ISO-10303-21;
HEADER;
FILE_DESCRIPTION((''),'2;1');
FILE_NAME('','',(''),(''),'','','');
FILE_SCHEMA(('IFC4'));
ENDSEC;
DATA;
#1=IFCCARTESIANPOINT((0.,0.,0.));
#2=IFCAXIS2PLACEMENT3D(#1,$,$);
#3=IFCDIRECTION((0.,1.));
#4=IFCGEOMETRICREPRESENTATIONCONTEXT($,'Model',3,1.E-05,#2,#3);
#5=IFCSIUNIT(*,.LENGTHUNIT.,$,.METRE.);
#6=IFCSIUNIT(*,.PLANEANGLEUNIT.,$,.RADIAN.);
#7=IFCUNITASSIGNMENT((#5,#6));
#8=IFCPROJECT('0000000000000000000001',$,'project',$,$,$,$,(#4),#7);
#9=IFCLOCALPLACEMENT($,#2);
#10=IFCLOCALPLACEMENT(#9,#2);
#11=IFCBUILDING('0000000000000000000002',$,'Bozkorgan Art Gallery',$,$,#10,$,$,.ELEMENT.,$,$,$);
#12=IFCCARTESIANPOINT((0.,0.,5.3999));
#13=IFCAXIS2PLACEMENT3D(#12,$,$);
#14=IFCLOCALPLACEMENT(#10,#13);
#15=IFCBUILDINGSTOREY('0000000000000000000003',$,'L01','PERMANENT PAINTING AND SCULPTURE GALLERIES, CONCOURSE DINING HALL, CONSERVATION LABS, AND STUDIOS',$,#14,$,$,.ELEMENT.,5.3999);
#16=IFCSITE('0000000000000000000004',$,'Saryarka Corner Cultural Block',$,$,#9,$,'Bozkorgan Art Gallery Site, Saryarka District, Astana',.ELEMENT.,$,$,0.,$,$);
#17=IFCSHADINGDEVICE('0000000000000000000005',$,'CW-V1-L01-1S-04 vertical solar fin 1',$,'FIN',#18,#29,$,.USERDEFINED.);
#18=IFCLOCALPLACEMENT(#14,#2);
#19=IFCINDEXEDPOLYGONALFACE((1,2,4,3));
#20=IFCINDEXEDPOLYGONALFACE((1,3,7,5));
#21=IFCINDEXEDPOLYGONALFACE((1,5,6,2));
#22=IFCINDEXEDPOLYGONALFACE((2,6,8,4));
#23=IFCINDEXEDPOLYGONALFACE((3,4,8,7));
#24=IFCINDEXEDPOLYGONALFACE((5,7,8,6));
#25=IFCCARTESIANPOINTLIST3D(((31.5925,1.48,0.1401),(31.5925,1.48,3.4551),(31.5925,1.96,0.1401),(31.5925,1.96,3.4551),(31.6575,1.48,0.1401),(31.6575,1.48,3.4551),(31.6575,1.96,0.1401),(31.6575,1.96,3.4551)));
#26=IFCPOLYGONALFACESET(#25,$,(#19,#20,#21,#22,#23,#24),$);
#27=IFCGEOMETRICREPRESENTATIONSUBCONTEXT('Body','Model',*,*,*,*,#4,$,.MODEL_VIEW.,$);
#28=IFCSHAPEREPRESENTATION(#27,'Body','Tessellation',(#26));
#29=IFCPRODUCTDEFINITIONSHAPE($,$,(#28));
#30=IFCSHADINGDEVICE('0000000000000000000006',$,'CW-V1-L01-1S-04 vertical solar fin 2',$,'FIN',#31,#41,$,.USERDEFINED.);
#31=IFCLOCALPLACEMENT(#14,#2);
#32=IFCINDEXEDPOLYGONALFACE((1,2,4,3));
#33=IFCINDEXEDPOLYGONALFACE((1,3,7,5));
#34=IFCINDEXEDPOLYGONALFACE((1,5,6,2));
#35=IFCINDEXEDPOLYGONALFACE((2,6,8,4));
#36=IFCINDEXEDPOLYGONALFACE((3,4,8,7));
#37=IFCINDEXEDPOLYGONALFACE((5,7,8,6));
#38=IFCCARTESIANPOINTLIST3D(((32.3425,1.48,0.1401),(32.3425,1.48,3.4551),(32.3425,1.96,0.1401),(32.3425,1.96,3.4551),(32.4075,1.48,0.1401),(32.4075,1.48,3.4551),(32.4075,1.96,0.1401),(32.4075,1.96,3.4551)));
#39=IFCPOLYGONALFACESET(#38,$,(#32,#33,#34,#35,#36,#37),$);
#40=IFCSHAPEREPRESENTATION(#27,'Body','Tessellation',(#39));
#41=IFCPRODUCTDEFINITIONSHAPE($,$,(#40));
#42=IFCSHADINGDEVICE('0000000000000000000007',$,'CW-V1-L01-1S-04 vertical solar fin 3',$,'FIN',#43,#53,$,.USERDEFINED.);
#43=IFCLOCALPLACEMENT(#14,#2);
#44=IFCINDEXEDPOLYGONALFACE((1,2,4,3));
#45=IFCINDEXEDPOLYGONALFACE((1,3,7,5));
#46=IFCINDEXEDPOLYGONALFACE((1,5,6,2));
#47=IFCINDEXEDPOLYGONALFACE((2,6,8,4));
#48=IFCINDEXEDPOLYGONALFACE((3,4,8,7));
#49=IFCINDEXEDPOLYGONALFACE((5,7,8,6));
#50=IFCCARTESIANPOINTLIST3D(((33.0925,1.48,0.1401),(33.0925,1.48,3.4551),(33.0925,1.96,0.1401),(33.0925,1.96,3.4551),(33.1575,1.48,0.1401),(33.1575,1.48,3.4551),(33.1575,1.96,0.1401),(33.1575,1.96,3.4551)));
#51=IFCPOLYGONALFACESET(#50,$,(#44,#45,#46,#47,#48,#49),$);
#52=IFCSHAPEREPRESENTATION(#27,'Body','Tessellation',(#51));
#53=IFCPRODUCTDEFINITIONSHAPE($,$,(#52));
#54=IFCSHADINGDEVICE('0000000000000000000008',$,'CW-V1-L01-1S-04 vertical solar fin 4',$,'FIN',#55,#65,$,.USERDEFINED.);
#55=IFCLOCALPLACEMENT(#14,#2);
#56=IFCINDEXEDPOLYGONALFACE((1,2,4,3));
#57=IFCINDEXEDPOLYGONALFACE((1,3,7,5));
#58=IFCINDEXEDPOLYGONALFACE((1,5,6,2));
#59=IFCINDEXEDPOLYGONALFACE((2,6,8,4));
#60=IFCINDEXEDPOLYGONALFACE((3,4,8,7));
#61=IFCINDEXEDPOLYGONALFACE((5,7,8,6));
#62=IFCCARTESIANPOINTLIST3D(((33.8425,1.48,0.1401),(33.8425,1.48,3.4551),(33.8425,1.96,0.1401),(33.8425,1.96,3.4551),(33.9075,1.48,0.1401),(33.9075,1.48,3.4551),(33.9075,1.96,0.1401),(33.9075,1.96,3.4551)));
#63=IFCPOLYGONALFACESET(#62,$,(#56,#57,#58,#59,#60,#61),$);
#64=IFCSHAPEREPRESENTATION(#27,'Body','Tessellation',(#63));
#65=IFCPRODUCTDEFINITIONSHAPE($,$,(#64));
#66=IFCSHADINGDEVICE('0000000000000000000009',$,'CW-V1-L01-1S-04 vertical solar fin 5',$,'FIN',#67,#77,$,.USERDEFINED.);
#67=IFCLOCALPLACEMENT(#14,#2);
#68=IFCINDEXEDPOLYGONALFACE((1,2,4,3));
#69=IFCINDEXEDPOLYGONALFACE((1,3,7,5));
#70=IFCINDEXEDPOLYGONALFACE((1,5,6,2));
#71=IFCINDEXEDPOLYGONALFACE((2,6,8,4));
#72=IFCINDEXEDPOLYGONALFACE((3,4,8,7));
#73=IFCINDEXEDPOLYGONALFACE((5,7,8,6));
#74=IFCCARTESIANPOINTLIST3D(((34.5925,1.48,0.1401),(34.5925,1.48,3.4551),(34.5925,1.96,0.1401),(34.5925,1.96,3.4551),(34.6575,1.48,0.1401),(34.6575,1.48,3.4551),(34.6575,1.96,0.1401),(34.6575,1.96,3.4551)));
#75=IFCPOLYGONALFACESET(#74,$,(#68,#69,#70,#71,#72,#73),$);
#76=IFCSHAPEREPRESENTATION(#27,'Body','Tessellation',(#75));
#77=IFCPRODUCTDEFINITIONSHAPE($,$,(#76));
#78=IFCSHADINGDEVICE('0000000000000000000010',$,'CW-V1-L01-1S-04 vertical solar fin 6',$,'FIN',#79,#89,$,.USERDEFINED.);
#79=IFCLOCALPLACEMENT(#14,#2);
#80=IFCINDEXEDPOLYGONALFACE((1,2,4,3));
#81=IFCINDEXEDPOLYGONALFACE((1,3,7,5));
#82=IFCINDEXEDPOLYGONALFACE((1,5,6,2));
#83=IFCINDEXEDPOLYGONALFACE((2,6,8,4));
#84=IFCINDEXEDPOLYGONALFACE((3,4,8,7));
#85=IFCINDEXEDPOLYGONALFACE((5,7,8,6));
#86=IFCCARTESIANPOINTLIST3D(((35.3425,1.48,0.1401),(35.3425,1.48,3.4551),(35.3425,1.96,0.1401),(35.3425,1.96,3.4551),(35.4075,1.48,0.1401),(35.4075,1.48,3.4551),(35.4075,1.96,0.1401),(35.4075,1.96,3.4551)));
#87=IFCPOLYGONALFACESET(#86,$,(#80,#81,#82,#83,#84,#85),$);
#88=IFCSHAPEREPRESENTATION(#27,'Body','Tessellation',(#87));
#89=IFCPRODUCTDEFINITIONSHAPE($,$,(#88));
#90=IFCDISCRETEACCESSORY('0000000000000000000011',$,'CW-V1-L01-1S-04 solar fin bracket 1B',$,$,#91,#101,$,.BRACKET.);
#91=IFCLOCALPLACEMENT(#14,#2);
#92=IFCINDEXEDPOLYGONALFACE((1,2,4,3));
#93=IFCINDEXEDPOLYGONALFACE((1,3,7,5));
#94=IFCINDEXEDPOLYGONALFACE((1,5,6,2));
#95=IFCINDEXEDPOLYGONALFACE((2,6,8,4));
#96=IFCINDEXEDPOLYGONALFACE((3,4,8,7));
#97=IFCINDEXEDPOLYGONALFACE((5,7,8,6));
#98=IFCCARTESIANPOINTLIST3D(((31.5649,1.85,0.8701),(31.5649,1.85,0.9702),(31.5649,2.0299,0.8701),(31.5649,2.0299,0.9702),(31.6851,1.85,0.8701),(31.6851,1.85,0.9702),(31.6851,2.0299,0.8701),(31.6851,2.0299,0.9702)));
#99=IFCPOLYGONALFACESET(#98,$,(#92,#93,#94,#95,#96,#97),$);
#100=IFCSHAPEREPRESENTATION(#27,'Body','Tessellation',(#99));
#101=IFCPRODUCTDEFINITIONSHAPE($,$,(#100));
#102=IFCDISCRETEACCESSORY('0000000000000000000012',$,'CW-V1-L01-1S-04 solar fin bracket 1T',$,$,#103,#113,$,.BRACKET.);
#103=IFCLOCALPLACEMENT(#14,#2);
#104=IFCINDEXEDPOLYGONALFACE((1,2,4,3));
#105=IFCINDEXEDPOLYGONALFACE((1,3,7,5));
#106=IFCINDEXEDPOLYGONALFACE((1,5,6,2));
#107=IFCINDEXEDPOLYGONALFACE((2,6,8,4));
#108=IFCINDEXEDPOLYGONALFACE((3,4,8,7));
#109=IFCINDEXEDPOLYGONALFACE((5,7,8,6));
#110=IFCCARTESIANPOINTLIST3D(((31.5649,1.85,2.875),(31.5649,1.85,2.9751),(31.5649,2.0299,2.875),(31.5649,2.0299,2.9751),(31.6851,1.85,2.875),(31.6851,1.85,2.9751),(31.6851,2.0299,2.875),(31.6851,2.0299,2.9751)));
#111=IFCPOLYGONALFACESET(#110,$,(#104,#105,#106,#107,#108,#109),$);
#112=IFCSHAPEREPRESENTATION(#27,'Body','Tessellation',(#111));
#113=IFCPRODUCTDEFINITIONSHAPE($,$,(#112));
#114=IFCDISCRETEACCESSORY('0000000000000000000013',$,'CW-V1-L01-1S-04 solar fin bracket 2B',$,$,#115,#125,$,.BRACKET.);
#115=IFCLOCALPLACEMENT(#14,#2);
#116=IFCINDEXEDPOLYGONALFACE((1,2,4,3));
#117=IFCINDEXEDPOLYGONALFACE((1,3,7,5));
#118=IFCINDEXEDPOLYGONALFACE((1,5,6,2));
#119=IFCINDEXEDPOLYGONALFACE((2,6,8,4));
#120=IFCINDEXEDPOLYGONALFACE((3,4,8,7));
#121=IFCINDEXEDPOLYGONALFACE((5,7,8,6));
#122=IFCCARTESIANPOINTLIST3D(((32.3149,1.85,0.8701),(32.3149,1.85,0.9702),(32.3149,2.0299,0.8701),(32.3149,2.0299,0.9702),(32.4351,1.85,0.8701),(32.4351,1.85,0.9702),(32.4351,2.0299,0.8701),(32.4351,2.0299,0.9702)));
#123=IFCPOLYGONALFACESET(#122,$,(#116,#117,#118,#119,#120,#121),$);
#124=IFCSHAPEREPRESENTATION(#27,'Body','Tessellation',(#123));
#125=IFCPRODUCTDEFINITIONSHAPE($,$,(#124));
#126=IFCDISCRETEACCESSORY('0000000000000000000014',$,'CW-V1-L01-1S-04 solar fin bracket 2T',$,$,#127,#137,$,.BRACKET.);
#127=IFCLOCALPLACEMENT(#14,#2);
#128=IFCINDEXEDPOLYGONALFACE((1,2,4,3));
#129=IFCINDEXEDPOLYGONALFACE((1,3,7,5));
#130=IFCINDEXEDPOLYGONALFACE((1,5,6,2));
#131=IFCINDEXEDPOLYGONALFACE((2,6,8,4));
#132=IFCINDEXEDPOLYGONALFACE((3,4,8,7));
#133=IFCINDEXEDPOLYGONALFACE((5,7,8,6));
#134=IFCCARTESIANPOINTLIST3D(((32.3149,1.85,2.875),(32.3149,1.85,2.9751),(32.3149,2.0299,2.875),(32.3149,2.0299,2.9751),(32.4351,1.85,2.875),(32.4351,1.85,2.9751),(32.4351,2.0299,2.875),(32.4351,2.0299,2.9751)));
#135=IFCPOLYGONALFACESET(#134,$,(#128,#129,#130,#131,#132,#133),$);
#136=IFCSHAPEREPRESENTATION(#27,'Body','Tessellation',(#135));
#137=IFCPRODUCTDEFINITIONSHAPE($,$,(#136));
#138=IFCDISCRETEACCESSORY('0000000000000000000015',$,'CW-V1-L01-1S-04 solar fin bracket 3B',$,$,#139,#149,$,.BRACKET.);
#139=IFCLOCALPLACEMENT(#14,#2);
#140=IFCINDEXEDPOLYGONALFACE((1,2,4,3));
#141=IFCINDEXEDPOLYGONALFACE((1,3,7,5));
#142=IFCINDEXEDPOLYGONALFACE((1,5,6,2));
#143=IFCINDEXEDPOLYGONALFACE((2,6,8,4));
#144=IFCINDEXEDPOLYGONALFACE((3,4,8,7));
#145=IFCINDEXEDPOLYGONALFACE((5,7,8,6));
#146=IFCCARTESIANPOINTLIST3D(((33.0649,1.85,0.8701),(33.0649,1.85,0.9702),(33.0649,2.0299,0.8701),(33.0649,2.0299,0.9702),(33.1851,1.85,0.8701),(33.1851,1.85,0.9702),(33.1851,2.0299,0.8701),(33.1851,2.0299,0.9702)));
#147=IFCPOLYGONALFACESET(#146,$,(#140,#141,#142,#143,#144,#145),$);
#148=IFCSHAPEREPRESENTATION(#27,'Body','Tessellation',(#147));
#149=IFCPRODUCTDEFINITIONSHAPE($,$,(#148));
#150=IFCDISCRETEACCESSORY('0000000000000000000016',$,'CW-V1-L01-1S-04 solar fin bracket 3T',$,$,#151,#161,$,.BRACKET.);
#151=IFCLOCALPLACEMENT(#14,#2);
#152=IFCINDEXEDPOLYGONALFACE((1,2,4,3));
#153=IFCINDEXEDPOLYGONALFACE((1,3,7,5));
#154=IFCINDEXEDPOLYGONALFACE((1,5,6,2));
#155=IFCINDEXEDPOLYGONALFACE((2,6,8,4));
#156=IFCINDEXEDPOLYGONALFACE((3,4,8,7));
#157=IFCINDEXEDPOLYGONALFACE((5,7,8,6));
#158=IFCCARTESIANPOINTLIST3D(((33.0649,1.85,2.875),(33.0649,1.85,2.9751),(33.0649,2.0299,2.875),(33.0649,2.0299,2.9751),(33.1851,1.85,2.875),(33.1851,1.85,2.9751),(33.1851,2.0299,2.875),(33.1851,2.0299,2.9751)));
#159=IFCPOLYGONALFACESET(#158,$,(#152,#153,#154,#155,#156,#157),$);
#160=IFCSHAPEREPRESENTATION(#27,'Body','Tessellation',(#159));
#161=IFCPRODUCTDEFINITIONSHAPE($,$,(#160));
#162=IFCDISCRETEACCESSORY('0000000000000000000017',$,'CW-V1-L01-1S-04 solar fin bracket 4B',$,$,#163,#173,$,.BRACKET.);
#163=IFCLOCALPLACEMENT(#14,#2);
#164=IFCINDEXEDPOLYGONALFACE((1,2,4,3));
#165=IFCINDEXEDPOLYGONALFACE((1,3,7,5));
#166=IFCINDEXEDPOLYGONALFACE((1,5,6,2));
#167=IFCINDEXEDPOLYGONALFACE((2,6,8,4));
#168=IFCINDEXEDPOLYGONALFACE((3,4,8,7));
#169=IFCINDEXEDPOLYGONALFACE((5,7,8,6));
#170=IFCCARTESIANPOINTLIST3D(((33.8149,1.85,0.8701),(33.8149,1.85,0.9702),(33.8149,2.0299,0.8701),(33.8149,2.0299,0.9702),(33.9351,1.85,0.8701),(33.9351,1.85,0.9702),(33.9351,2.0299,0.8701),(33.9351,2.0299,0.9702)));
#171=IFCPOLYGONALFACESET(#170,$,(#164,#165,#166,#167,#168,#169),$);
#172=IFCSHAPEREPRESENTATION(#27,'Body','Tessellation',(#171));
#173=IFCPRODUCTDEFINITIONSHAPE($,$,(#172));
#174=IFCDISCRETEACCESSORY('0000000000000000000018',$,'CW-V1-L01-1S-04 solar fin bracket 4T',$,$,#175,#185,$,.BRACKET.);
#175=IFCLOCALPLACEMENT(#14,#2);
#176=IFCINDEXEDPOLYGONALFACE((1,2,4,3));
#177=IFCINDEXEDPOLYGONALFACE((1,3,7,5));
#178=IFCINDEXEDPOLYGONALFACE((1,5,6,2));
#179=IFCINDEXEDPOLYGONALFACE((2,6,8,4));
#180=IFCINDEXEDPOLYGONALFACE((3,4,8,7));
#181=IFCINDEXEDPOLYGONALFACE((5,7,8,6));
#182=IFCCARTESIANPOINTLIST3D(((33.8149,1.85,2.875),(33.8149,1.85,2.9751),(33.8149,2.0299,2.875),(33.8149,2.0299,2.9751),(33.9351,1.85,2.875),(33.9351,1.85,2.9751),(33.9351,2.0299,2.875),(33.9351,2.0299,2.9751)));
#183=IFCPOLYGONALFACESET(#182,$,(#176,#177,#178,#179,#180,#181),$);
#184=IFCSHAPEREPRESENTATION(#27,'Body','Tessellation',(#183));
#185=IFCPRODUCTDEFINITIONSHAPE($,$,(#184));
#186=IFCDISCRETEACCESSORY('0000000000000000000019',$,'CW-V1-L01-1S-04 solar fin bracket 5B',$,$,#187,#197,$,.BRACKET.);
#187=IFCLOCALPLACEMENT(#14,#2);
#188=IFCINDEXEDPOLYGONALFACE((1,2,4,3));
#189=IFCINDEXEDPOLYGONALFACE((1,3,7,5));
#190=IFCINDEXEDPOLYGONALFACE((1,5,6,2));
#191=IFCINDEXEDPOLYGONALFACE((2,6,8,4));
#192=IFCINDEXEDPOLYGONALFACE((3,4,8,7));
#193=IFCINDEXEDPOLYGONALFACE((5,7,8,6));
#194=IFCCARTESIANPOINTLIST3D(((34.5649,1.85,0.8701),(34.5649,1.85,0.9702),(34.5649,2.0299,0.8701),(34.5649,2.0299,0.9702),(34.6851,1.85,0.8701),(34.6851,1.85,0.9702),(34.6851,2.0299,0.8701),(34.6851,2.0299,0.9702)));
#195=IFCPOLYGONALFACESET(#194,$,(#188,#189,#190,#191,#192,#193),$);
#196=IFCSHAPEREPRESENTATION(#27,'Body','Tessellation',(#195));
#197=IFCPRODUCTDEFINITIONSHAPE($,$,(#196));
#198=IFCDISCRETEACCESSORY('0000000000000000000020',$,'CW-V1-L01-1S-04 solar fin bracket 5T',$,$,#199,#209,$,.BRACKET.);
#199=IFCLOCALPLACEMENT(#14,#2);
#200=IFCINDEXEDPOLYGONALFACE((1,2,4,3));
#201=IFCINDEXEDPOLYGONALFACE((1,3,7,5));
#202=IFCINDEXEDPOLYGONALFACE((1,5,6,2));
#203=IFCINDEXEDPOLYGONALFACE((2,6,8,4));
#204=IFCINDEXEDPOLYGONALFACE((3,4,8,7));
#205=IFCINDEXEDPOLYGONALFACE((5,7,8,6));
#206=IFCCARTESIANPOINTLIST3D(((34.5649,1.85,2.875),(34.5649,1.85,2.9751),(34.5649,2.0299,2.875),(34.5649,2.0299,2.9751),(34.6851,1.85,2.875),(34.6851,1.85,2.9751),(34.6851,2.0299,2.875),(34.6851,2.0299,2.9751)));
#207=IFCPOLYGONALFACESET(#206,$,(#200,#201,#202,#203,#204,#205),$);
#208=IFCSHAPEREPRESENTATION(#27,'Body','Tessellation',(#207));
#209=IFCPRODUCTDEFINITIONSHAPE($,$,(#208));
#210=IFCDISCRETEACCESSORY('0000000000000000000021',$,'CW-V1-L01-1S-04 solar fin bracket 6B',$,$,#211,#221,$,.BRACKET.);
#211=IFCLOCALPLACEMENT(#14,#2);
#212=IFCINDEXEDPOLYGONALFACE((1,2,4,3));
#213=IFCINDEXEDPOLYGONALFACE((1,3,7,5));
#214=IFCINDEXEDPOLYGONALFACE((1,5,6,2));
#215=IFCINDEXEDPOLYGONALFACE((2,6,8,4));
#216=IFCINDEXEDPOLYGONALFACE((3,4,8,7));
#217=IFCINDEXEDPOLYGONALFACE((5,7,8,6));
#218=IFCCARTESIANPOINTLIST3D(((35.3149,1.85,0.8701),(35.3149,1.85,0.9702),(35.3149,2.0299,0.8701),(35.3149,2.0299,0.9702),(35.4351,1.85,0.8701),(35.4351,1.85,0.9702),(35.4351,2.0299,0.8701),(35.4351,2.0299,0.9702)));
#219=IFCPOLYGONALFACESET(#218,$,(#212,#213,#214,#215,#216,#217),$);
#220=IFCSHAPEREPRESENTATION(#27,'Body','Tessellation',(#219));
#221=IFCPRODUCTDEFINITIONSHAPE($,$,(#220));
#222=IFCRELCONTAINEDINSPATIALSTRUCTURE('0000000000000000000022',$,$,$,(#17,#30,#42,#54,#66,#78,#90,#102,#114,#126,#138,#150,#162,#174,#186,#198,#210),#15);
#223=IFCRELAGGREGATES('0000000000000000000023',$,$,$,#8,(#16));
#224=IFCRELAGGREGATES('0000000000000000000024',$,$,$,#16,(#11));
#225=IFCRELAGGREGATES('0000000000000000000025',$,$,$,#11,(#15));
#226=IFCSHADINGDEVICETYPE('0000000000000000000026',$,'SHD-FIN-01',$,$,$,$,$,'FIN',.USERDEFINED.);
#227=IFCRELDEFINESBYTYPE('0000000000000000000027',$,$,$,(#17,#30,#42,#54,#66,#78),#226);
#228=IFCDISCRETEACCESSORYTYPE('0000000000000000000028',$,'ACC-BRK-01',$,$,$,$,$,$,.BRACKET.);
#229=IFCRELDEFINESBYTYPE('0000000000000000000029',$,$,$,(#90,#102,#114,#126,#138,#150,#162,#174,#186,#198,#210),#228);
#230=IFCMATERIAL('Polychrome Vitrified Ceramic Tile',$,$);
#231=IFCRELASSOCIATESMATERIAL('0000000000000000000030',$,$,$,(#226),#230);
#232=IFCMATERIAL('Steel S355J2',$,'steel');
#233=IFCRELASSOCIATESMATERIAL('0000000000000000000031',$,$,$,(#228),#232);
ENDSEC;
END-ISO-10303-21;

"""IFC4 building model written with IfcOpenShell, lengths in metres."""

from ifc_helpers import new_model, si_unit, direction, frame, origin, origin_2d, place, context, subcontext, project, spatial, rectangle, extrude, material, type_object, element, save


model = new_model("IFC4")

# Units and contexts
model_context = context("Model", 3, precision=1e-05, world=origin(), true_north=direction((0.0, 1.0)))
body_context = subcontext(model_context, "Body", "Model", "MODEL_VIEW")
ifc_project = project(units=[si_unit("LENGTHUNIT", "METRE"), si_unit("PLANEANGLEUNIT", "RADIAN")], contexts=[model_context])

# Site, building, storey
site_placement = place(None, origin())
site = spatial("IfcSite", under=ifc_project, at=site_placement, Name="Saryarka Corner Cultural Block", LongName="Bozkorgan Art Gallery Site, Saryarka District, Astana", CompositionType="ELEMENT", RefElevation=0.0)
building_placement = place(site_placement, origin())
building = spatial("IfcBuilding", under=site, at=building_placement, Name="Bozkorgan Art Gallery", CompositionType="ELEMENT")
storey_placement = place(building_placement, frame((0.0, 0.0, 5.3999)))
storey = spatial("IfcBuildingStorey", under=building, at=storey_placement, Name="L01", Description="PERMANENT PAINTING AND SCULPTURE GALLERIES, CONCOURSE DINING HALL, CONSERVATION LABS, AND STUDIOS", CompositionType="ELEMENT", Elevation=5.3999)

# Shared definitions
ifc_material_1 = material(Name="Steel S355J2", Category="steel")

# Shading devices
ifc_material_2 = material(Name="Polychrome Vitrified Ceramic Tile")
shading_device_type = type_object("IfcShadingDeviceType", Name="SHD-FIN-01", ElementType="FIN", PredefinedType="USERDEFINED", material=ifc_material_2)
for number, where, z_axis, x_axis, name in (
    (1, (31.625, 1.72, 0.1401), (0.0, 0.0, 1.0), (0.0, -1.0, 0.0), "CW-V1-L01-1S-04 vertical solar fin 1"),
    (2, (32.375, 1.72, 0.1401), (0.0, 0.0, 1.0), (0.0, -1.0, 0.0), "CW-V1-L01-1S-04 vertical solar fin 2"),
    (3, (33.125, 1.72, 0.1401), (0.0, 0.0, 1.0), (0.0, -1.0, 0.0), "CW-V1-L01-1S-04 vertical solar fin 3"),
    (4, (33.875, 1.72, 0.1401), (0.0, 0.0, 1.0), (0.0, -1.0, 0.0), "CW-V1-L01-1S-04 vertical solar fin 4"),
    (5, (34.625, 1.72, 0.1401), (0.0, 0.0, 1.0), (0.0, -1.0, 0.0), "CW-V1-L01-1S-04 vertical solar fin 5"),
    (6, (35.375, 1.72, 0.1401), (0.0, 0.0, 1.0), (0.0, -1.0, 0.0), "CW-V1-L01-1S-04 vertical solar fin 6"),
):
    element("IfcShadingDevice", number, at=place(storey_placement, frame(where, z_axis=z_axis, x_axis=x_axis)), inside=storey, type_object=shading_device_type, Name=name, ObjectType="FIN", PredefinedType="USERDEFINED", context=body_context, shape_type="SweptSolid", body=[
        extrude(rectangle(XDim=0.48, YDim=0.0649, at=origin_2d()), origin(), (0.0, 0.0, 1.0), 3.3149),
    ])

# Discrete accessories
discrete_accessory_type = type_object("IfcDiscreteAccessoryType", Name="ACC-BRK-01", PredefinedType="BRACKET", material=ifc_material_1)
for number, where, z_axis, x_axis, name in (
    (7, (31.625, 1.9399, 0.8701), (0.0, 0.0, 1.0), (0.0, -1.0, 0.0), "CW-V1-L01-1S-04 solar fin bracket 1B"),
    (8, (31.625, 1.9399, 2.875), (0.0, 0.0, 1.0), (0.0, -1.0, 0.0), "CW-V1-L01-1S-04 solar fin bracket 1T"),
    (9, (32.375, 1.9399, 0.8701), (0.0, 0.0, 1.0), (0.0, -1.0, 0.0), "CW-V1-L01-1S-04 solar fin bracket 2B"),
    (10, (32.375, 1.9399, 2.875), (0.0, 0.0, 1.0), (0.0, -1.0, 0.0), "CW-V1-L01-1S-04 solar fin bracket 2T"),
    (11, (33.125, 1.9399, 0.8701), (0.0, 0.0, 1.0), (0.0, -1.0, 0.0), "CW-V1-L01-1S-04 solar fin bracket 3B"),
    (12, (33.125, 1.9399, 2.875), (0.0, 0.0, 1.0), (0.0, -1.0, 0.0), "CW-V1-L01-1S-04 solar fin bracket 3T"),
    (13, (33.875, 1.9399, 0.8701), (0.0, 0.0, 1.0), (0.0, -1.0, 0.0), "CW-V1-L01-1S-04 solar fin bracket 4B"),
    (14, (33.875, 1.9399, 2.875), (0.0, 0.0, 1.0), (0.0, -1.0, 0.0), "CW-V1-L01-1S-04 solar fin bracket 4T"),
    (15, (34.625, 1.9399, 0.8701), (0.0, 0.0, 1.0), (0.0, -1.0, 0.0), "CW-V1-L01-1S-04 solar fin bracket 5B"),
    (16, (34.625, 1.9399, 2.875), (0.0, 0.0, 1.0), (0.0, -1.0, 0.0), "CW-V1-L01-1S-04 solar fin bracket 5T"),
    (17, (35.375, 1.9399, 0.8701), (0.0, 0.0, 1.0), (0.0, -1.0, 0.0), "CW-V1-L01-1S-04 solar fin bracket 6B"),
):
    element("IfcDiscreteAccessory", number, at=place(storey_placement, frame(where, z_axis=z_axis, x_axis=x_axis)), inside=storey, type_object=discrete_accessory_type, Name=name, PredefinedType="BRACKET", context=body_context, shape_type="SweptSolid", body=[
        extrude(rectangle(XDim=0.1799, YDim=0.1201, at=origin_2d()), origin(), (0.0, 0.0, 1.0), 0.1001),
    ])

save(model, "model.ifc")
